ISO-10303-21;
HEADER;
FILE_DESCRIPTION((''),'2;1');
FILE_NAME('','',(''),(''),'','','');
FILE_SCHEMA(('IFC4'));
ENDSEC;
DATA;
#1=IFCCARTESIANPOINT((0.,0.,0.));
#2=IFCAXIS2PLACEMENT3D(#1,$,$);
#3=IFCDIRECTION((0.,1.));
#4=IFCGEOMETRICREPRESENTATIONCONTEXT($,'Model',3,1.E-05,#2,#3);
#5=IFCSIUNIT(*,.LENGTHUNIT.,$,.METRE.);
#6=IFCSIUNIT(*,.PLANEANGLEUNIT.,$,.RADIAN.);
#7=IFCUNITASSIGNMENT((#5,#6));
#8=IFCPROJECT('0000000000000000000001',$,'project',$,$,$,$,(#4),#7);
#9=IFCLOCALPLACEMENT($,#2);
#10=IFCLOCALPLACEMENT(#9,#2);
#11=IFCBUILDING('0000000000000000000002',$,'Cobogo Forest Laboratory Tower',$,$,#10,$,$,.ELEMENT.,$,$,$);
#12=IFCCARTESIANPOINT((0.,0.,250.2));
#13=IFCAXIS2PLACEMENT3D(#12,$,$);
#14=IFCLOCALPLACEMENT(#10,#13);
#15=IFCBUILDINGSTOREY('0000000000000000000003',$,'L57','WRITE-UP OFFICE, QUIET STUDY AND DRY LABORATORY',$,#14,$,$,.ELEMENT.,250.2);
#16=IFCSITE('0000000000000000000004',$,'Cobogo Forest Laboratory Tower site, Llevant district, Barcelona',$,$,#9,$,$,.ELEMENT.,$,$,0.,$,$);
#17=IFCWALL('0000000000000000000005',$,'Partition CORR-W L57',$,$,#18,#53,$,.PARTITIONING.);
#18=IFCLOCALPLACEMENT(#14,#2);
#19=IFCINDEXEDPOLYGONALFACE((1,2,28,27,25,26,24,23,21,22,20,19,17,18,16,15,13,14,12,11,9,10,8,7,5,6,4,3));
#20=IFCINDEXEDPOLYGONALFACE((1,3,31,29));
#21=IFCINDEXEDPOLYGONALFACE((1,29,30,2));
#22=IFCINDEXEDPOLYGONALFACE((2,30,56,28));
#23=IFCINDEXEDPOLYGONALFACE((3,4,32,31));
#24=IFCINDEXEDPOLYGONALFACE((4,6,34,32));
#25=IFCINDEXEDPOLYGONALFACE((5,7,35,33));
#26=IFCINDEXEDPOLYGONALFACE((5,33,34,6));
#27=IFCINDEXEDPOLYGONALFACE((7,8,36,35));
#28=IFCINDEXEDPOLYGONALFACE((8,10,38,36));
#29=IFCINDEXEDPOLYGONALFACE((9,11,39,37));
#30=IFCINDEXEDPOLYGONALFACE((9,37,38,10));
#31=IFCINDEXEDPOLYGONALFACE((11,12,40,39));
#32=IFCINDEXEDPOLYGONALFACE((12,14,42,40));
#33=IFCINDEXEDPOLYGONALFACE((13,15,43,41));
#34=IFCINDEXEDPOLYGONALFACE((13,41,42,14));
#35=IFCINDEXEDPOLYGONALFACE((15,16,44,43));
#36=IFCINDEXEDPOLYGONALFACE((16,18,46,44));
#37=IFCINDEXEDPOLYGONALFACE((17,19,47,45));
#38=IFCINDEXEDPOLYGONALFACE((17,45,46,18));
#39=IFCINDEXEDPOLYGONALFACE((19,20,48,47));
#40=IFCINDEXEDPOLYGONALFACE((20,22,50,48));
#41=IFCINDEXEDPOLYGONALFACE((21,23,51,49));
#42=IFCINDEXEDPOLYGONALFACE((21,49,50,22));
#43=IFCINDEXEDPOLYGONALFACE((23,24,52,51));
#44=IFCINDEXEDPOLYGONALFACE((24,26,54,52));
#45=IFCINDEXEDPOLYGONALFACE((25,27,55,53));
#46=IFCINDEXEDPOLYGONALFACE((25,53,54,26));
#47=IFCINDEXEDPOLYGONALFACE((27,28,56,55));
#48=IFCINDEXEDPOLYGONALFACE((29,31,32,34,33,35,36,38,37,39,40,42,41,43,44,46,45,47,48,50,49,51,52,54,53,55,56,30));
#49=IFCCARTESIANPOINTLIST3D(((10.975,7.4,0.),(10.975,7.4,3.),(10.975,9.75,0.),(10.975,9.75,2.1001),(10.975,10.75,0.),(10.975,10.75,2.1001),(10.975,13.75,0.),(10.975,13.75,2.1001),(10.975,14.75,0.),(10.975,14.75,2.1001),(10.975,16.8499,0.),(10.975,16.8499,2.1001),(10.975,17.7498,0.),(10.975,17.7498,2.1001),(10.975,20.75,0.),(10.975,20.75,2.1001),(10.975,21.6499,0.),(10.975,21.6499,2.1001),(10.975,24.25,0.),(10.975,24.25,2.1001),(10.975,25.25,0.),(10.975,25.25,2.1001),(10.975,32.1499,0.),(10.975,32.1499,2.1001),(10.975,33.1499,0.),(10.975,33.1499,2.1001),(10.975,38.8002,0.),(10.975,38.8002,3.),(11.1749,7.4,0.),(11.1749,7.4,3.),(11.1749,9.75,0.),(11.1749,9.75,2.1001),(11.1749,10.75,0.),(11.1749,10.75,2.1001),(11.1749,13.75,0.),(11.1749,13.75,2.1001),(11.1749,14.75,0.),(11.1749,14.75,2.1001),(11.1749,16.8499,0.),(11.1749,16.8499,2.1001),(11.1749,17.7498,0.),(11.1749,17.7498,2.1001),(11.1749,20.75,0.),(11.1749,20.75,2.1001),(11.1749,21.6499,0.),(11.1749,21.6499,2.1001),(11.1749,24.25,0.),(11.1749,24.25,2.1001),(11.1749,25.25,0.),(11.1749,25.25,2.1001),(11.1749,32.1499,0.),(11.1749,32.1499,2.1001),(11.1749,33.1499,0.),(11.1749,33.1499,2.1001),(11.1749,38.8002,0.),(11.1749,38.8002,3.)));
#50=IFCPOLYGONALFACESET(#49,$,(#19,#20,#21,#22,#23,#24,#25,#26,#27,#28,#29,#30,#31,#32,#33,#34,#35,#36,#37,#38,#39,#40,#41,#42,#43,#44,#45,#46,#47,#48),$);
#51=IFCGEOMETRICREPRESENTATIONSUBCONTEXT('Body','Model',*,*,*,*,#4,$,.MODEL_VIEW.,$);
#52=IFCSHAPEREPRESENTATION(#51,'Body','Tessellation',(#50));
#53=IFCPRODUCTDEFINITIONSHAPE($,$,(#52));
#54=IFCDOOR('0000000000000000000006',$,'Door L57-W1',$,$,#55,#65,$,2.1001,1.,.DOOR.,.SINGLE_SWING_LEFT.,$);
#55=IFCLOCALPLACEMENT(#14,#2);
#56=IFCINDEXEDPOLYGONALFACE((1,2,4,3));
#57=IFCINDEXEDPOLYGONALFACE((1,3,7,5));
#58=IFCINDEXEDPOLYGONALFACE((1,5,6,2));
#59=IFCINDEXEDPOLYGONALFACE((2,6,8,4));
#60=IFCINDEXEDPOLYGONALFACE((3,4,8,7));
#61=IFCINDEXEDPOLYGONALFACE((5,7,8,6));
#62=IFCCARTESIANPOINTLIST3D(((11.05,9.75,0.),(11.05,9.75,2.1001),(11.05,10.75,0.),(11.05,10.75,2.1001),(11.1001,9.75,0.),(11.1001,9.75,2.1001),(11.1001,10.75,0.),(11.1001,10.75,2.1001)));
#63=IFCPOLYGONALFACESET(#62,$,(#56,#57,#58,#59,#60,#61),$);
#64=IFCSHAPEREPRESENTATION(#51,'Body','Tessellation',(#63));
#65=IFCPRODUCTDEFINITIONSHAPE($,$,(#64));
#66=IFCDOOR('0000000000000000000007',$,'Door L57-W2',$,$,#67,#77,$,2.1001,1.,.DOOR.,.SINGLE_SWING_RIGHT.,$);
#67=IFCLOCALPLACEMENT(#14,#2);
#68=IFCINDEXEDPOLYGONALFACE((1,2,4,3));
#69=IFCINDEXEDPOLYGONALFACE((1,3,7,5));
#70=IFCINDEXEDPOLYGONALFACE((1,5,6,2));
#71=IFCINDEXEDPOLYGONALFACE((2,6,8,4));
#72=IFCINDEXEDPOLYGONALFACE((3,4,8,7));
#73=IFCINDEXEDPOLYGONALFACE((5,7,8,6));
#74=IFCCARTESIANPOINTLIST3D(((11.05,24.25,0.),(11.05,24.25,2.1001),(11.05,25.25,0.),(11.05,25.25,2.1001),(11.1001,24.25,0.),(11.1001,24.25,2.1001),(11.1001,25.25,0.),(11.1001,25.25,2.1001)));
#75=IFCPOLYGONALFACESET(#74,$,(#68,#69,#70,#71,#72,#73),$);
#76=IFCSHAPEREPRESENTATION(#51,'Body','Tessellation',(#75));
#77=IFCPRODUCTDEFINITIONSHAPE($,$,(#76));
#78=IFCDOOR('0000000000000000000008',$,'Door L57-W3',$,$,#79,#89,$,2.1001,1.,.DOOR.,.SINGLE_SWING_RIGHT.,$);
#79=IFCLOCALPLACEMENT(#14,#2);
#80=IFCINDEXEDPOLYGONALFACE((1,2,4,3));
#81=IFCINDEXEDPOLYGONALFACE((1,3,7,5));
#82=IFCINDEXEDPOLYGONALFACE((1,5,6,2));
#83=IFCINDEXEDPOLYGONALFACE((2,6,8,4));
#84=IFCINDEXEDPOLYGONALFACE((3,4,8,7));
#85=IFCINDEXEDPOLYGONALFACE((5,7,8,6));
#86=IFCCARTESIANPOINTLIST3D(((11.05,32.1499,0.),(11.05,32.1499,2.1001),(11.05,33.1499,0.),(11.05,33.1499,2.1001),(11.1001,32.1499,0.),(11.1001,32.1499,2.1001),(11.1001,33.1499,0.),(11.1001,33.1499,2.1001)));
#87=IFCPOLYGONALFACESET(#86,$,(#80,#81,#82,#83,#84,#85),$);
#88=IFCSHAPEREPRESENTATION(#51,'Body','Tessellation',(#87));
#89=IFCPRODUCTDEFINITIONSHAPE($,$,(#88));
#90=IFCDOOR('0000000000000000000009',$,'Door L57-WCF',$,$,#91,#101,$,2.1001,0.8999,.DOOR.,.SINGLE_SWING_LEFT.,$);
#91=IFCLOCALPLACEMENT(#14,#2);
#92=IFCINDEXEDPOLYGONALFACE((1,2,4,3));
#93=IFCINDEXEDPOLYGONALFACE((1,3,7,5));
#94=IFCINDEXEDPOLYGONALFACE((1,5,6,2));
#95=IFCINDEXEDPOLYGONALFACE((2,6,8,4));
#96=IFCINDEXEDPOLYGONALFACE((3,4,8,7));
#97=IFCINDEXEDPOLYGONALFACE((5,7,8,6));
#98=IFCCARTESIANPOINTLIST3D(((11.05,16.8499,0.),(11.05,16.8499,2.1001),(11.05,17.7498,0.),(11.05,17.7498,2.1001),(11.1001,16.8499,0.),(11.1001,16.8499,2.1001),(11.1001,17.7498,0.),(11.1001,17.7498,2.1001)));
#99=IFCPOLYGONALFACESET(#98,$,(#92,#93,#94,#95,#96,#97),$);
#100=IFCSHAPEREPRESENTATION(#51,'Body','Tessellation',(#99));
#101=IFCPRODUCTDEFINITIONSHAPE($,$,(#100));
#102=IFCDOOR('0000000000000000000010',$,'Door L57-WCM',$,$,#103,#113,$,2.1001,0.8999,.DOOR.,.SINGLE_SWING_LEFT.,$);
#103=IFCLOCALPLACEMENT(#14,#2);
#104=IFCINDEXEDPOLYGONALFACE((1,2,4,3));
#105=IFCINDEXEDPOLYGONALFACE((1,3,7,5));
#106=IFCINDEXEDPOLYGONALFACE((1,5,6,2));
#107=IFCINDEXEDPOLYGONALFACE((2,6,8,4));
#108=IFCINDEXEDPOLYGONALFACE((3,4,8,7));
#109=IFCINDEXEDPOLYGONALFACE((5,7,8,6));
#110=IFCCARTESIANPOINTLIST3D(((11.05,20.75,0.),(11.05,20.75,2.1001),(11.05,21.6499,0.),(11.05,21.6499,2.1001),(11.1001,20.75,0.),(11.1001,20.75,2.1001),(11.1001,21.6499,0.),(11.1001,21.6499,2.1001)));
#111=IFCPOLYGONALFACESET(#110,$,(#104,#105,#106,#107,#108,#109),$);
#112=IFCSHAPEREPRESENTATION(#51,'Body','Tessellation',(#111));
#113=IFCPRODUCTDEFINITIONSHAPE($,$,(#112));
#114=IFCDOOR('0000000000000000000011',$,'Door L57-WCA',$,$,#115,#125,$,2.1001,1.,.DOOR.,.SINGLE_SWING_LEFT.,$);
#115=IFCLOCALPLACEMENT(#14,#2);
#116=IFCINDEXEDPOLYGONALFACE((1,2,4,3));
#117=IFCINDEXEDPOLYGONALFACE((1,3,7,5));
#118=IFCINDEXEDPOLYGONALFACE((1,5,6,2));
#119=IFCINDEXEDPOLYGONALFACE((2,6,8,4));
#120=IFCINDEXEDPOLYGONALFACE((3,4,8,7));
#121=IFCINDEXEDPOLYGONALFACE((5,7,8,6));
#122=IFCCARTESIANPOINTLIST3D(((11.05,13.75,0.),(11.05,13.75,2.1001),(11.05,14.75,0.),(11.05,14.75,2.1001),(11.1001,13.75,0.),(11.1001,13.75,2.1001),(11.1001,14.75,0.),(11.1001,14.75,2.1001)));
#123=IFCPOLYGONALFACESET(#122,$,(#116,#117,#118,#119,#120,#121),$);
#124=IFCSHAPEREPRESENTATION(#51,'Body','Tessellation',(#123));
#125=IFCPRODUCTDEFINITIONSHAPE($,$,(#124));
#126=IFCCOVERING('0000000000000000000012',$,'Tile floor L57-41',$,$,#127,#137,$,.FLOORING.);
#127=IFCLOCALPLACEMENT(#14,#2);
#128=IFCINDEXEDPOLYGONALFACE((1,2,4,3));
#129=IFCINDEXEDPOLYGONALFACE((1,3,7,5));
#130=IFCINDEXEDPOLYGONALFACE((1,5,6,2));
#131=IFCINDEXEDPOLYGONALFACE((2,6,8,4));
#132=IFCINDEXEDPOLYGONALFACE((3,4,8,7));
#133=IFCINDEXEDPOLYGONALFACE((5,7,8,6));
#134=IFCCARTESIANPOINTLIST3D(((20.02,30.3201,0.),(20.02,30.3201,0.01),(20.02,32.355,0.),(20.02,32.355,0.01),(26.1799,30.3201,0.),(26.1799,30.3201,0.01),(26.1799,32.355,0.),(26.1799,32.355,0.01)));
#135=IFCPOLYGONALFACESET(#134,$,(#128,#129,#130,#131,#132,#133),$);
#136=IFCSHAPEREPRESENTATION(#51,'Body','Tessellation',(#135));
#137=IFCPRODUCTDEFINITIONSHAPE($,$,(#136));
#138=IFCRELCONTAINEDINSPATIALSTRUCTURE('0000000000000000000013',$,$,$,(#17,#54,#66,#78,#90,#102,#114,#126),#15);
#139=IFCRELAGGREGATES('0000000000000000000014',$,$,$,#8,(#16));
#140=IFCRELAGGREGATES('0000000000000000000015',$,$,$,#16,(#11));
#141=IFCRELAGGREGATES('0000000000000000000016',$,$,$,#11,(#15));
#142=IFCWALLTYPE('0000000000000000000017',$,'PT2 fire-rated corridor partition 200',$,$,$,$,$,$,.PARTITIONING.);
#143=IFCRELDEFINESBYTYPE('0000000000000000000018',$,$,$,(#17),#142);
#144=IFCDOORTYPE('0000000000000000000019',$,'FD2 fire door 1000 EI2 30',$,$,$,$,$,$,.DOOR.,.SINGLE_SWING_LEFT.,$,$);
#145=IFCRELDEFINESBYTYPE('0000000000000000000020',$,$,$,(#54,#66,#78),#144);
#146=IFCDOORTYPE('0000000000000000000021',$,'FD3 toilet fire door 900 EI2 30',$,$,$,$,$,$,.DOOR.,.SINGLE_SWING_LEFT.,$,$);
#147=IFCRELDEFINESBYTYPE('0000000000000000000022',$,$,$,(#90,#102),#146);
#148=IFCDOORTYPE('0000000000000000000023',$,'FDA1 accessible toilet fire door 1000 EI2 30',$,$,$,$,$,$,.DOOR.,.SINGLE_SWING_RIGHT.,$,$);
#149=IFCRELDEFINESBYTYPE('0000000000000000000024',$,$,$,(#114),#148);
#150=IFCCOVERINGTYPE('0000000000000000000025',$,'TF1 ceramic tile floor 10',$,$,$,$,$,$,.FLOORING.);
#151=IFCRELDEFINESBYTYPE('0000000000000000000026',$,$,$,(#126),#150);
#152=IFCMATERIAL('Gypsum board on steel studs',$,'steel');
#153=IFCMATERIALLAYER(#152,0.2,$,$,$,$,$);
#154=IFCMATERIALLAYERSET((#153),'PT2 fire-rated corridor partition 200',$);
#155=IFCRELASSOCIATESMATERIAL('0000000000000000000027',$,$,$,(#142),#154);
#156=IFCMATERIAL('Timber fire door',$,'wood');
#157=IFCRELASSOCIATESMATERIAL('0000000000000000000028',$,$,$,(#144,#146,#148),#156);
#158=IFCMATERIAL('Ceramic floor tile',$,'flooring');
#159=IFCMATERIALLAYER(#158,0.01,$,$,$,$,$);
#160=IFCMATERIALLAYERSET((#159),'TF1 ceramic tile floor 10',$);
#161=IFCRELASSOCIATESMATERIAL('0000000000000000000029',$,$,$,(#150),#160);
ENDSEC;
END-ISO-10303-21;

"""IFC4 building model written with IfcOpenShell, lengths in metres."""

from ifc_helpers import new_model, si_unit, direction, frame, frame_2d, origin, place, context, subcontext, project, spatial, polyline, rectangle, outline, extrude, material, layer, layer_set, type_object, element, fill, save


model = new_model("IFC4")

# Units and contexts
model_context = context("Model", 3, precision=1e-05, world=origin(), true_north=direction((0.0, 1.0)))
body_context = subcontext(model_context, "Body", "Model", "MODEL_VIEW")
ifc_project = project(units=[si_unit("LENGTHUNIT", "METRE"), si_unit("PLANEANGLEUNIT", "RADIAN")], contexts=[model_context])

# Site, building, storey
site_placement = place(None, origin())
site = spatial("IfcSite", under=ifc_project, at=site_placement, Name="Cobogo Forest Laboratory Tower site, Llevant district, Barcelona", CompositionType="ELEMENT", RefElevation=0.0)
building_placement = place(site_placement, origin())
building = spatial("IfcBuilding", under=site, at=building_placement, Name="Cobogo Forest Laboratory Tower", CompositionType="ELEMENT")
storey_placement = place(building_placement, frame((0.0, 0.0, 250.2)))
storey = spatial("IfcBuildingStorey", under=building, at=storey_placement, Name="L57", Description="WRITE-UP OFFICE, QUIET STUDY AND DRY LABORATORY", CompositionType="ELEMENT", Elevation=250.2)

# Shared definitions
ifc_material_1 = material(Name="Gypsum board on steel studs", Category="steel")

# Shared definitions
ifc_layer_1 = layer(ifc_material_1, 0.2)
ifc_layer_set_1 = layer_set([ifc_layer_1], Name="PT2 fire-rated corridor partition 200")
wall_type_1 = type_object("IfcWallType", Name="PT2 fire-rated corridor partition 200", PredefinedType="PARTITIONING", material=ifc_layer_set_1)
ifc_material_2 = material(Name="Timber fire door", Category="wood")
door_type_1 = type_object("IfcDoorType", Name="FD2 fire door 1000 EI2 30", OperationType="SINGLE_SWING_LEFT", PredefinedType="DOOR", material=ifc_material_2)

# Wall, openings, doors
wall_1_placement = place(storey_placement, frame((11.075, 7.3999, 0.0), z_axis=(0.0, 0.0, 1.0), x_axis=(0.0, 1.0, 0.0)))
wall_1 = element("IfcWall", 1, at=wall_1_placement, inside=storey, type_object=wall_type_1, Name="Partition CORR-W L57", PredefinedType="PARTITIONING", context=body_context, shape_type="SweptSolid", body=[
    extrude(rectangle(XDim=31.4001, YDim=0.2, at=frame_2d((15.7002, 0.0))), origin(), (0.0, 0.0, 1.0), 3.0),
])
opening_1_placement = place(wall_1_placement, frame((2.3501, 0.0, 0.0)))
opening_1 = element("IfcOpeningElement", 2, at=opening_1_placement, cuts=wall_1, PredefinedType="OPENING", context=body_context, shape_type="SweptSolid", body=[
    extrude(rectangle(XDim=1.0, YDim=2.1001, at=frame_2d((0.5, 1.05))), frame((0.0, 0.1099, 0.0), z_axis=(0.0, -1.0, 0.0), x_axis=(1.0, 0.0, 0.0)), (0.0, 0.0, 1.0), 0.22),
])
opening_2_placement = place(wall_1_placement, frame((6.3501, 0.0, 0.0)))
opening_2 = element("IfcOpeningElement", 3, at=opening_2_placement, cuts=wall_1, PredefinedType="OPENING", context=body_context, shape_type="SweptSolid", body=[
    extrude(rectangle(XDim=1.0, YDim=2.1001, at=frame_2d((0.5, 1.05))), frame((0.0, 0.1099, 0.0), z_axis=(0.0, -1.0, 0.0), x_axis=(1.0, 0.0, 0.0)), (0.0, 0.0, 1.0), 0.22),
])
opening_3_placement = place(wall_1_placement, frame((9.45, 0.0, 0.0)))
opening_3 = element("IfcOpeningElement", 4, at=opening_3_placement, cuts=wall_1, PredefinedType="OPENING", context=body_context, shape_type="SweptSolid", body=[
    extrude(rectangle(XDim=0.8999, YDim=2.1001, at=frame_2d((0.45, 1.05))), frame((0.0, 0.1099, 0.0), z_axis=(0.0, -1.0, 0.0), x_axis=(1.0, 0.0, 0.0)), (0.0, 0.0, 1.0), 0.22),
])
opening_4_placement = place(wall_1_placement, frame((13.3501, 0.0, 0.0)))
opening_4 = element("IfcOpeningElement", 5, at=opening_4_placement, cuts=wall_1, PredefinedType="OPENING", context=body_context, shape_type="SweptSolid", body=[
    extrude(rectangle(XDim=0.8999, YDim=2.1001, at=frame_2d((0.45, 1.05))), frame((0.0, 0.1099, 0.0), z_axis=(0.0, -1.0, 0.0), x_axis=(1.0, 0.0, 0.0)), (0.0, 0.0, 1.0), 0.22),
])
opening_5_placement = place(wall_1_placement, frame((16.8501, 0.0, 0.0)))
opening_5 = element("IfcOpeningElement", 6, at=opening_5_placement, cuts=wall_1, PredefinedType="OPENING", context=body_context, shape_type="SweptSolid", body=[
    extrude(rectangle(XDim=1.0, YDim=2.1001, at=frame_2d((0.5, 1.05))), frame((0.0, 0.1099, 0.0), z_axis=(0.0, -1.0, 0.0), x_axis=(1.0, 0.0, 0.0)), (0.0, 0.0, 1.0), 0.22),
])
opening_6_placement = place(wall_1_placement, frame((24.75, 0.0, 0.0)))
opening_6 = element("IfcOpeningElement", 7, at=opening_6_placement, cuts=wall_1, PredefinedType="OPENING", context=body_context, shape_type="SweptSolid", body=[
    extrude(rectangle(XDim=1.0, YDim=2.1001, at=frame_2d((0.5, 1.05))), frame((0.0, 0.1099, 0.0), z_axis=(0.0, -1.0, 0.0), x_axis=(1.0, 0.0, 0.0)), (0.0, 0.0, 1.0), 0.22),
])
door_1_placement = place(opening_1_placement, origin())
door_1 = element("IfcDoor", 8, at=door_1_placement, inside=storey, type_object=door_type_1, Name="Door L57-W1", OperationType="SINGLE_SWING_LEFT", OverallHeight=2.1001, OverallWidth=1.0, PredefinedType="DOOR", context=body_context, shape_type="SweptSolid", body=[
    extrude(rectangle(XDim=1.0, YDim=2.1001, at=frame_2d((0.5, 1.05))), frame((0.0, 0.0249, 0.0), z_axis=(0.0, -1.0, 0.0), x_axis=(1.0, 0.0, 0.0)), (0.0, 0.0, 1.0), 0.05),
])
fill(opening_1, door_1)
door_2_placement = place(opening_5_placement, origin())
door_2 = element("IfcDoor", 9, at=door_2_placement, inside=storey, type_object=door_type_1, Name="Door L57-W2", OperationType="SINGLE_SWING_RIGHT", OverallHeight=2.1001, OverallWidth=1.0, PredefinedType="DOOR", context=body_context, shape_type="SweptSolid", body=[
    extrude(rectangle(XDim=1.0, YDim=2.1001, at=frame_2d((0.5, 1.05))), frame((0.0, 0.0249, 0.0), z_axis=(0.0, -1.0, 0.0), x_axis=(1.0, 0.0, 0.0)), (0.0, 0.0, 1.0), 0.05),
])
fill(opening_5, door_2)
door_3_placement = place(opening_6_placement, origin())
door_3 = element("IfcDoor", 10, at=door_3_placement, inside=storey, type_object=door_type_1, Name="Door L57-W3", OperationType="SINGLE_SWING_RIGHT", OverallHeight=2.1001, OverallWidth=1.0, PredefinedType="DOOR", context=body_context, shape_type="SweptSolid", body=[
    extrude(rectangle(XDim=1.0, YDim=2.1001, at=frame_2d((0.5, 1.05))), frame((0.0, 0.0249, 0.0), z_axis=(0.0, -1.0, 0.0), x_axis=(1.0, 0.0, 0.0)), (0.0, 0.0, 1.0), 0.05),
])
fill(opening_6, door_3)
door_type_2 = type_object("IfcDoorType", Name="FD3 toilet fire door 900 EI2 30", OperationType="SINGLE_SWING_LEFT", PredefinedType="DOOR", material=ifc_material_2)
door_4_placement = place(opening_3_placement, origin())
door_4 = element("IfcDoor", 11, at=door_4_placement, inside=storey, type_object=door_type_2, Name="Door L57-WCF", OperationType="SINGLE_SWING_LEFT", OverallHeight=2.1001, OverallWidth=0.8999, PredefinedType="DOOR", context=body_context, shape_type="SweptSolid", body=[
    extrude(rectangle(XDim=0.8999, YDim=2.1001, at=frame_2d((0.45, 1.05))), frame((0.0, 0.0249, 0.0), z_axis=(0.0, -1.0, 0.0), x_axis=(1.0, 0.0, 0.0)), (0.0, 0.0, 1.0), 0.05),
])
fill(opening_3, door_4)
door_5_placement = place(opening_4_placement, origin())
door_5 = element("IfcDoor", 12, at=door_5_placement, inside=storey, type_object=door_type_2, Name="Door L57-WCM", OperationType="SINGLE_SWING_LEFT", OverallHeight=2.1001, OverallWidth=0.8999, PredefinedType="DOOR", context=body_context, shape_type="SweptSolid", body=[
    extrude(rectangle(XDim=0.8999, YDim=2.1001, at=frame_2d((0.45, 1.05))), frame((0.0, 0.0249, 0.0), z_axis=(0.0, -1.0, 0.0), x_axis=(1.0, 0.0, 0.0)), (0.0, 0.0, 1.0), 0.05),
])
fill(opening_4, door_5)
door_type_3 = type_object("IfcDoorType", Name="FDA1 accessible toilet fire door 1000 EI2 30", OperationType="SINGLE_SWING_RIGHT", PredefinedType="DOOR", material=ifc_material_2)
door_6_placement = place(opening_2_placement, origin())
door_6 = element("IfcDoor", 13, at=door_6_placement, inside=storey, type_object=door_type_3, Name="Door L57-WCA", OperationType="SINGLE_SWING_LEFT", OverallHeight=2.1001, OverallWidth=1.0, PredefinedType="DOOR", context=body_context, shape_type="SweptSolid", body=[
    extrude(rectangle(XDim=1.0, YDim=2.1001, at=frame_2d((0.5, 1.05))), frame((0.0, 0.0249, 0.0), z_axis=(0.0, -1.0, 0.0), x_axis=(1.0, 0.0, 0.0)), (0.0, 0.0, 1.0), 0.05),
])
fill(opening_2, door_6)

# Covering
ifc_material_3 = material(Name="Ceramic floor tile", Category="flooring")
ifc_layer_2 = layer(ifc_material_3, 0.01)
ifc_layer_set_2 = layer_set([ifc_layer_2], Name="TF1 ceramic tile floor 10")
covering_type = type_object("IfcCoveringType", Name="TF1 ceramic tile floor 10", PredefinedType="FLOORING", material=ifc_layer_set_2)
covering_placement = place(storey_placement, origin())
element("IfcCovering", 14, at=covering_placement, inside=storey, type_object=covering_type, Name="Tile floor L57-41", PredefinedType="FLOORING", context=body_context, shape_type="SweptSolid", body=[
    extrude(outline(polyline([(26.1799, 30.3201), (20.02, 30.3201), (20.02, 32.355), (26.1799, 32.355), (26.1799, 30.3201)])), origin(), (0.0, 0.0, 1.0), 0.01),
])

save(model, "model.ifc")
